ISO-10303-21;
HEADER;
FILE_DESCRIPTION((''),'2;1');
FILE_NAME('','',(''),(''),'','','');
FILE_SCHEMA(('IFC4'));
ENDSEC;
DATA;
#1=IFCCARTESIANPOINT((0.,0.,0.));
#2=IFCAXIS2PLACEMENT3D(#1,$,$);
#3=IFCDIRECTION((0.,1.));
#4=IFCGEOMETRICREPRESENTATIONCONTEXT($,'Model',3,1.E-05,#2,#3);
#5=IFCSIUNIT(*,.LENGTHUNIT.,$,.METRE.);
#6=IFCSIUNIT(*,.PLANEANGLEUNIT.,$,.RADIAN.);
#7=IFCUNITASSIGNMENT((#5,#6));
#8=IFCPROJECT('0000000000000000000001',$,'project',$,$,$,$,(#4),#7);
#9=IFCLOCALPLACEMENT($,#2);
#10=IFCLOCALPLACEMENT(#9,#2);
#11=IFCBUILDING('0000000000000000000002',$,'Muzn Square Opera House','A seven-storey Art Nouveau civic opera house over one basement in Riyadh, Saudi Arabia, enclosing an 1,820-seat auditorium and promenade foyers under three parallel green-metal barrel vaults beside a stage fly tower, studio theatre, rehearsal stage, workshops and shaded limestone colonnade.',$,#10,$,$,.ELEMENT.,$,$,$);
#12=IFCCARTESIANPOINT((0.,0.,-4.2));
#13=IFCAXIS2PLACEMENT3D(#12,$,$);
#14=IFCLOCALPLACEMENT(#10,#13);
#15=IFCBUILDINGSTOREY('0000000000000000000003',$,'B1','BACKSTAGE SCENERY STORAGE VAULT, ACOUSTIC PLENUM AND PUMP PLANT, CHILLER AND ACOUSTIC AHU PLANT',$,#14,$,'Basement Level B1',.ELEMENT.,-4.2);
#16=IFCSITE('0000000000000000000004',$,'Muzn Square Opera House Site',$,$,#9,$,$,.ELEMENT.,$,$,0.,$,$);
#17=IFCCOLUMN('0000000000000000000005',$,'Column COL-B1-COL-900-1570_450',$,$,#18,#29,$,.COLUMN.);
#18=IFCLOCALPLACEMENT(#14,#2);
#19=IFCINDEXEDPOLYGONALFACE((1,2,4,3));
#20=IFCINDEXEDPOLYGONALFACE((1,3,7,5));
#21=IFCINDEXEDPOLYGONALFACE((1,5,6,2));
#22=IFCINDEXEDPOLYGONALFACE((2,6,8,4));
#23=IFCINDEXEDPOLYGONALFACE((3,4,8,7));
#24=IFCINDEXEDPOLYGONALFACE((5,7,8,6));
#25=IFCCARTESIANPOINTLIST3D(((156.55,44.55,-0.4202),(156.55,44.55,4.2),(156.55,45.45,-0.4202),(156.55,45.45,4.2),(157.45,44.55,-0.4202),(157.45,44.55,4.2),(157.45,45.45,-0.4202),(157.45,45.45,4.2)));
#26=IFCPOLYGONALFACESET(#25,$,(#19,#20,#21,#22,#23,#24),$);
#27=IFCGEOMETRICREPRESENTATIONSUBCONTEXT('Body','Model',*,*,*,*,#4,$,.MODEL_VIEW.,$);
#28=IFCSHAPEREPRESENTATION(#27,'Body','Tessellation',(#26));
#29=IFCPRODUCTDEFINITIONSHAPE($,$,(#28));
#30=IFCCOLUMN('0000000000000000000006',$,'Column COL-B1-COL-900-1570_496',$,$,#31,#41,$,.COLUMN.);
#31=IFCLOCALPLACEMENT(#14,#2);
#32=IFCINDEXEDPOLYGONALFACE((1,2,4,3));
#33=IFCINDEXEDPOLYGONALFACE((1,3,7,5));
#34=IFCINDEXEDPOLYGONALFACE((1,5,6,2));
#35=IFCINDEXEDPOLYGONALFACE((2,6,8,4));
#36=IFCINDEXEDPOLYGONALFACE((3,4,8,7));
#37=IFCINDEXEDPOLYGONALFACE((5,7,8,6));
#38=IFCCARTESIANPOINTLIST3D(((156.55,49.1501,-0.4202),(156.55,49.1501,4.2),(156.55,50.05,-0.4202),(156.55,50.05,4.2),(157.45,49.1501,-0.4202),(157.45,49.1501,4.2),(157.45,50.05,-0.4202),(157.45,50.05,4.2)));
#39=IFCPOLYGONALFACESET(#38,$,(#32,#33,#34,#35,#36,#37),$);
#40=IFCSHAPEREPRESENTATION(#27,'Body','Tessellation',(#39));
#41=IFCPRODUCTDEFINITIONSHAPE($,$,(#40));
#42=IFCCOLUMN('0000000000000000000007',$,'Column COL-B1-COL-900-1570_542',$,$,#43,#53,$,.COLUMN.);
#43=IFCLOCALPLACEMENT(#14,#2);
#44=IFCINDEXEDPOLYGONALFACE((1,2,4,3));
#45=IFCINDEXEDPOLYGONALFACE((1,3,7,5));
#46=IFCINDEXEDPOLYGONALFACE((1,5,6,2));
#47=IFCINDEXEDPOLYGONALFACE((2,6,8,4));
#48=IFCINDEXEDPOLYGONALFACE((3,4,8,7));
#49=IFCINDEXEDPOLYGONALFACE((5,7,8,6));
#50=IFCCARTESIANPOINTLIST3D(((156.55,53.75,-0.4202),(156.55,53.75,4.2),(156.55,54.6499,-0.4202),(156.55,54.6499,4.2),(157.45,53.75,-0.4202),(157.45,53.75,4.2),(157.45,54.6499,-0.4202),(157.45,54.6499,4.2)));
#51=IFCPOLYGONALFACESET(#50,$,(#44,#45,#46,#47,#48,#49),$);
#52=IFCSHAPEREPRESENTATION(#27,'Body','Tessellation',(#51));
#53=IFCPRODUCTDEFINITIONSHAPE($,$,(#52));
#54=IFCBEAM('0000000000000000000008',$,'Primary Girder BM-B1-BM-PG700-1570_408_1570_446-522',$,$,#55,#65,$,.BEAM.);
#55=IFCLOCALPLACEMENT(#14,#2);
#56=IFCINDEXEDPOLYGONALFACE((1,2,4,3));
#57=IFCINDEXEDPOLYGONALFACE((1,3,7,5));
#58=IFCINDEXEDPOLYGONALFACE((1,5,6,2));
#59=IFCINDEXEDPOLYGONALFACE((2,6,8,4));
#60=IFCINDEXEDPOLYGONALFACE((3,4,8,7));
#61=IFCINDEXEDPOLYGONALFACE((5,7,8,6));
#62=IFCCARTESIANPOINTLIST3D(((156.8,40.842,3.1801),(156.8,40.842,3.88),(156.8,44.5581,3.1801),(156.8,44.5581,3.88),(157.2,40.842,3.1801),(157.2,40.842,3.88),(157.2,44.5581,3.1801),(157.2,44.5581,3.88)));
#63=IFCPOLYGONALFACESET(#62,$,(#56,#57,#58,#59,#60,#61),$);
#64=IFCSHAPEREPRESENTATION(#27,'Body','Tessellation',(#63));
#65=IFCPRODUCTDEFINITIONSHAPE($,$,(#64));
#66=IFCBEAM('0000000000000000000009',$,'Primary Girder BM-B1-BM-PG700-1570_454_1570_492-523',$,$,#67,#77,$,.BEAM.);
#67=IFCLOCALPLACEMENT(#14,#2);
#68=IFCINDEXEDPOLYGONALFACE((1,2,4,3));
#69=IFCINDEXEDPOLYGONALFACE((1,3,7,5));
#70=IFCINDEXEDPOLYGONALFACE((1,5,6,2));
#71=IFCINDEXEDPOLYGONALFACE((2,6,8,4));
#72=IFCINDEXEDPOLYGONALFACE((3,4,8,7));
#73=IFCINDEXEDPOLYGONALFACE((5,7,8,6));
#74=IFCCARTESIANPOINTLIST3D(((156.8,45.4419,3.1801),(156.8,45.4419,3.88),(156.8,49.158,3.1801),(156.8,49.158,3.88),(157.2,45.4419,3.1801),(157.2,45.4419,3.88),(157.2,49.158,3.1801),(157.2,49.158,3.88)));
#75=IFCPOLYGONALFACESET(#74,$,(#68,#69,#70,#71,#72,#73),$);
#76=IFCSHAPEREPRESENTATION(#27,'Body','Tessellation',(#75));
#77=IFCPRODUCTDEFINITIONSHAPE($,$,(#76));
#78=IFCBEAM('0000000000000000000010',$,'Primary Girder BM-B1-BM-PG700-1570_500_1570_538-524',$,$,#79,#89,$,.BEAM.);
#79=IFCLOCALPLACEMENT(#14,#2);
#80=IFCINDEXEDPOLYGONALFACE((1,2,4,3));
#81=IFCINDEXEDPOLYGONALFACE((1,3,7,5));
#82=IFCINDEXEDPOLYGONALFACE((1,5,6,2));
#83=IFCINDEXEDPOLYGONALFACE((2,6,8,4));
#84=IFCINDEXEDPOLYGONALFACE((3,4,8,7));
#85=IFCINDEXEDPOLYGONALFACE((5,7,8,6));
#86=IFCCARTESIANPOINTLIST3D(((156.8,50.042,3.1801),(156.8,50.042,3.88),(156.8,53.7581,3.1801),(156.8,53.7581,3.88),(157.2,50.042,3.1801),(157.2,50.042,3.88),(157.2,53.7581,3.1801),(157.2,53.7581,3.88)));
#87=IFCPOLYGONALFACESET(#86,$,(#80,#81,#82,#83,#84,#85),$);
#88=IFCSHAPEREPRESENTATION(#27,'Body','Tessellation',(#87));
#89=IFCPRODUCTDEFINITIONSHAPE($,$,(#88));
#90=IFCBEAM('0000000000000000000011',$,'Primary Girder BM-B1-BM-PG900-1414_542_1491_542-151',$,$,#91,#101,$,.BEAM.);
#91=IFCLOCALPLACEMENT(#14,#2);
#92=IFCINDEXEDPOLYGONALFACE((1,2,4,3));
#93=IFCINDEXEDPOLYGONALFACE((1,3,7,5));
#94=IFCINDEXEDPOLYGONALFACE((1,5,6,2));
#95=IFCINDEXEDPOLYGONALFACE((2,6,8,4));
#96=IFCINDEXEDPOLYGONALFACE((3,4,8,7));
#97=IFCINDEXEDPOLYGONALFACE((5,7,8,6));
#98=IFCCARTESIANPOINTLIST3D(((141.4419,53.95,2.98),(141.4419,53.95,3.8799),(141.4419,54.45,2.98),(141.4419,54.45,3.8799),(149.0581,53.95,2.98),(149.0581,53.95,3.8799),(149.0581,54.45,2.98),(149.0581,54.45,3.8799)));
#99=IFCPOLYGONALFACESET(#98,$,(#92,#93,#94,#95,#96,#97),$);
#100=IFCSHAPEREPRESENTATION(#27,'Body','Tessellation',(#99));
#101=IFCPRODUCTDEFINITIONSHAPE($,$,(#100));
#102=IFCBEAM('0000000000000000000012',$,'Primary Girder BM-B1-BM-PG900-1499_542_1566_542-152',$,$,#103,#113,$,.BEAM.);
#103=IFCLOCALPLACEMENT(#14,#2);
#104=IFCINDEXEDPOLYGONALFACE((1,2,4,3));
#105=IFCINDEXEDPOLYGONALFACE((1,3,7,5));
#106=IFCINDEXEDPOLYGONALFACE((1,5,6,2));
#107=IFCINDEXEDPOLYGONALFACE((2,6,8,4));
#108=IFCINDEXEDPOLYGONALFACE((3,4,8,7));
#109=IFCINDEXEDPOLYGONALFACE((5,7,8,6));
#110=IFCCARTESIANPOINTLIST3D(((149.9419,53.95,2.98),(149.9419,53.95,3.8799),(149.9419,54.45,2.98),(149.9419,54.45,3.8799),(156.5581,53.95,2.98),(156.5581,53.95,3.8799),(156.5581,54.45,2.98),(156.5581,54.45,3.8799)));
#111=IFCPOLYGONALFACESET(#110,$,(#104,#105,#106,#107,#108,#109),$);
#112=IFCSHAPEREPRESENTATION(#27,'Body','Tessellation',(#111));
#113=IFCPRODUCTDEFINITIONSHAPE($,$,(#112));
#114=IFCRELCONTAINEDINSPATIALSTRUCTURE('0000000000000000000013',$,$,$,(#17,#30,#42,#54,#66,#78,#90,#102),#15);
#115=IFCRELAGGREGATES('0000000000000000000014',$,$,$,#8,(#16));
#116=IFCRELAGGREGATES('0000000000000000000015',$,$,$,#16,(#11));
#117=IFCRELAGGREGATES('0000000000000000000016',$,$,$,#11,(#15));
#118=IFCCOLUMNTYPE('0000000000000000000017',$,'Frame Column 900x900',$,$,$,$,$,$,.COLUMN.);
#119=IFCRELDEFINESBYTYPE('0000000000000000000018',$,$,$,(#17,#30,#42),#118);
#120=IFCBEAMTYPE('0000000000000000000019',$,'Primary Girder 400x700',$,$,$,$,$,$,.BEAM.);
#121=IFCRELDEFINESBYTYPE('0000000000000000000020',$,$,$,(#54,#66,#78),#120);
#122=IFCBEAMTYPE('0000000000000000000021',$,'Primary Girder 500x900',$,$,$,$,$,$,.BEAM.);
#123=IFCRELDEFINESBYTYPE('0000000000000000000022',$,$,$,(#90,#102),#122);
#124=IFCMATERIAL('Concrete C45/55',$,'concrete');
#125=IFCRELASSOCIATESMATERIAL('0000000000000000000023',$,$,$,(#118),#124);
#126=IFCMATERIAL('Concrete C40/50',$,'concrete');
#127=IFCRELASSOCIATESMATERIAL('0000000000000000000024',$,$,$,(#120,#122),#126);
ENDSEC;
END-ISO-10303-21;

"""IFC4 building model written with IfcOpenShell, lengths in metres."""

from ifc_helpers import new_model, si_unit, direction, frame, origin, origin_2d, place, context, subcontext, project, spatial, rectangle, extrude, material, material_profile, profile_set, type_object, element, save


model = new_model("IFC4")

# Units and contexts
model_context = context("Model", 3, precision=1e-05, world=origin(), true_north=direction((0.0, 1.0)))
body_context = subcontext(model_context, "Body", "Model", "MODEL_VIEW")
ifc_project = project(units=[si_unit("LENGTHUNIT", "METRE"), si_unit("PLANEANGLEUNIT", "RADIAN")], contexts=[model_context])

# Site, building, storey
site_placement = place(None, origin())
site = spatial("IfcSite", under=ifc_project, at=site_placement, Name="Muzn Square Opera House Site", CompositionType="ELEMENT", RefElevation=0.0)
building_placement = place(site_placement, origin())
building = spatial("IfcBuilding", under=site, at=building_placement, Name="Muzn Square Opera House", Description="A seven-storey Art Nouveau civic opera house over one basement in Riyadh, Saudi Arabia, enclosing an 1,820-seat auditorium and promenade foyers under three parallel green-metal barrel vaults beside a stage fly tower, studio theatre, rehearsal stage, workshops and shaded limestone colonnade.", CompositionType="ELEMENT")
storey_placement = place(building_placement, frame((0.0, 0.0, -4.2)))
storey = spatial("IfcBuildingStorey", under=building, at=storey_placement, Name="B1", Description="BACKSTAGE SCENERY STORAGE VAULT, ACOUSTIC PLENUM AND PUMP PLANT, CHILLER AND ACOUSTIC AHU PLANT", LongName="Basement Level B1", CompositionType="ELEMENT", Elevation=-4.2)

# Shared definitions
ifc_material_1 = material(Name="Concrete C40/50", Category="concrete")

# Columns
ifc_material_2 = material(Name="Concrete C45/55", Category="concrete")
ifc_material_profile_1 = material_profile(ifc_material_2, rectangle(XDim=0.8999, YDim=0.8999, at=origin_2d()), Name="RC 900x900", Category="concrete")
ifc_profile_set_1 = profile_set([ifc_material_profile_1], Name="Concrete C45/55")
column_type = type_object("IfcColumnType", Name="Frame Column 900x900", PredefinedType="COLUMN", material=ifc_profile_set_1)
for number, where, z_axis, x_axis, name in (
    (1, (157.0, 45.0, -0.4202), (0.0, 0.0, 1.0), (1.0, 0.0, 0.0), "Column COL-B1-COL-900-1570_450"),
    (2, (157.0, 49.6001, -0.4202), (0.0, 0.0, 1.0), (1.0, 0.0, 0.0), "Column COL-B1-COL-900-1570_496"),
    (3, (157.0, 54.2, -0.4202), (0.0, 0.0, 1.0), (1.0, 0.0, 0.0), "Column COL-B1-COL-900-1570_542"),
):
    element("IfcColumn", number, at=place(storey_placement, frame(where, z_axis=z_axis, x_axis=x_axis)), inside=storey, type_object=column_type, Name=name, PredefinedType="COLUMN", context=body_context, shape_type="SweptSolid", body=[
        extrude(rectangle(XDim=0.8999, YDim=0.8999, at=origin_2d()), origin(), (0.0, 0.0, 1.0), 4.6201),
    ])

# Beams
ifc_material_profile_2 = material_profile(ifc_material_1, rectangle(XDim=0.3999, YDim=0.7, at=origin_2d()), Name="RCB 400x700", Category="concrete")
ifc_profile_set_2 = profile_set([ifc_material_profile_2], Name="Concrete C40/50")
beam_type_1 = type_object("IfcBeamType", Name="Primary Girder 400x700", PredefinedType="BEAM", material=ifc_profile_set_2)
for number, where, z_axis, x_axis, name in (
    (4, (157.0, 40.842, 3.53), (0.0, 1.0, 0.0), (-1.0, 0.0, 0.0), "Primary Girder BM-B1-BM-PG700-1570_408_1570_446-522"),
    (5, (157.0, 45.4419, 3.53), (0.0, 1.0, 0.0), (-1.0, 0.0, 0.0), "Primary Girder BM-B1-BM-PG700-1570_454_1570_492-523"),
    (6, (157.0, 50.042, 3.53), (0.0, 1.0, 0.0), (-1.0, 0.0, 0.0), "Primary Girder BM-B1-BM-PG700-1570_500_1570_538-524"),
):
    element("IfcBeam", number, at=place(storey_placement, frame(where, z_axis=z_axis, x_axis=x_axis)), inside=storey, type_object=beam_type_1, Name=name, PredefinedType="BEAM", context=body_context, shape_type="SweptSolid", body=[
        extrude(rectangle(XDim=0.3999, YDim=0.7, at=origin_2d()), origin(), (0.0, 0.0, 1.0), 3.7161),
    ])
ifc_material_profile_3 = material_profile(ifc_material_1, rectangle(XDim=0.5, YDim=0.8999, at=origin_2d()), Name="RCB 500x900", Category="concrete")
ifc_profile_set_3 = profile_set([ifc_material_profile_3], Name="Concrete C40/50")
beam_type_2 = type_object("IfcBeamType", Name="Primary Girder 500x900", PredefinedType="BEAM", material=ifc_profile_set_3)
beam_1_placement = place(storey_placement, frame((141.4419, 54.2, 3.4299), z_axis=(1.0, 0.0, 0.0), x_axis=(0.0, 1.0, 0.0)))
element("IfcBeam", 7, at=beam_1_placement, inside=storey, type_object=beam_type_2, Name="Primary Girder BM-B1-BM-PG900-1414_542_1491_542-151", PredefinedType="BEAM", context=body_context, shape_type="SweptSolid", body=[
    extrude(rectangle(XDim=0.5, YDim=0.8999, at=origin_2d()), origin(), (0.0, 0.0, 1.0), 7.6162),
])
beam_2_placement = place(storey_placement, frame((149.9419, 54.2, 3.4299), z_axis=(1.0, 0.0, 0.0), x_axis=(0.0, 1.0, 0.0)))
element("IfcBeam", 8, at=beam_2_placement, inside=storey, type_object=beam_type_2, Name="Primary Girder BM-B1-BM-PG900-1499_542_1566_542-152", PredefinedType="BEAM", context=body_context, shape_type="SweptSolid", body=[
    extrude(rectangle(XDim=0.5, YDim=0.8999, at=origin_2d()), origin(), (0.0, 0.0, 1.0), 6.6162),
])

save(model, "model.ifc")
